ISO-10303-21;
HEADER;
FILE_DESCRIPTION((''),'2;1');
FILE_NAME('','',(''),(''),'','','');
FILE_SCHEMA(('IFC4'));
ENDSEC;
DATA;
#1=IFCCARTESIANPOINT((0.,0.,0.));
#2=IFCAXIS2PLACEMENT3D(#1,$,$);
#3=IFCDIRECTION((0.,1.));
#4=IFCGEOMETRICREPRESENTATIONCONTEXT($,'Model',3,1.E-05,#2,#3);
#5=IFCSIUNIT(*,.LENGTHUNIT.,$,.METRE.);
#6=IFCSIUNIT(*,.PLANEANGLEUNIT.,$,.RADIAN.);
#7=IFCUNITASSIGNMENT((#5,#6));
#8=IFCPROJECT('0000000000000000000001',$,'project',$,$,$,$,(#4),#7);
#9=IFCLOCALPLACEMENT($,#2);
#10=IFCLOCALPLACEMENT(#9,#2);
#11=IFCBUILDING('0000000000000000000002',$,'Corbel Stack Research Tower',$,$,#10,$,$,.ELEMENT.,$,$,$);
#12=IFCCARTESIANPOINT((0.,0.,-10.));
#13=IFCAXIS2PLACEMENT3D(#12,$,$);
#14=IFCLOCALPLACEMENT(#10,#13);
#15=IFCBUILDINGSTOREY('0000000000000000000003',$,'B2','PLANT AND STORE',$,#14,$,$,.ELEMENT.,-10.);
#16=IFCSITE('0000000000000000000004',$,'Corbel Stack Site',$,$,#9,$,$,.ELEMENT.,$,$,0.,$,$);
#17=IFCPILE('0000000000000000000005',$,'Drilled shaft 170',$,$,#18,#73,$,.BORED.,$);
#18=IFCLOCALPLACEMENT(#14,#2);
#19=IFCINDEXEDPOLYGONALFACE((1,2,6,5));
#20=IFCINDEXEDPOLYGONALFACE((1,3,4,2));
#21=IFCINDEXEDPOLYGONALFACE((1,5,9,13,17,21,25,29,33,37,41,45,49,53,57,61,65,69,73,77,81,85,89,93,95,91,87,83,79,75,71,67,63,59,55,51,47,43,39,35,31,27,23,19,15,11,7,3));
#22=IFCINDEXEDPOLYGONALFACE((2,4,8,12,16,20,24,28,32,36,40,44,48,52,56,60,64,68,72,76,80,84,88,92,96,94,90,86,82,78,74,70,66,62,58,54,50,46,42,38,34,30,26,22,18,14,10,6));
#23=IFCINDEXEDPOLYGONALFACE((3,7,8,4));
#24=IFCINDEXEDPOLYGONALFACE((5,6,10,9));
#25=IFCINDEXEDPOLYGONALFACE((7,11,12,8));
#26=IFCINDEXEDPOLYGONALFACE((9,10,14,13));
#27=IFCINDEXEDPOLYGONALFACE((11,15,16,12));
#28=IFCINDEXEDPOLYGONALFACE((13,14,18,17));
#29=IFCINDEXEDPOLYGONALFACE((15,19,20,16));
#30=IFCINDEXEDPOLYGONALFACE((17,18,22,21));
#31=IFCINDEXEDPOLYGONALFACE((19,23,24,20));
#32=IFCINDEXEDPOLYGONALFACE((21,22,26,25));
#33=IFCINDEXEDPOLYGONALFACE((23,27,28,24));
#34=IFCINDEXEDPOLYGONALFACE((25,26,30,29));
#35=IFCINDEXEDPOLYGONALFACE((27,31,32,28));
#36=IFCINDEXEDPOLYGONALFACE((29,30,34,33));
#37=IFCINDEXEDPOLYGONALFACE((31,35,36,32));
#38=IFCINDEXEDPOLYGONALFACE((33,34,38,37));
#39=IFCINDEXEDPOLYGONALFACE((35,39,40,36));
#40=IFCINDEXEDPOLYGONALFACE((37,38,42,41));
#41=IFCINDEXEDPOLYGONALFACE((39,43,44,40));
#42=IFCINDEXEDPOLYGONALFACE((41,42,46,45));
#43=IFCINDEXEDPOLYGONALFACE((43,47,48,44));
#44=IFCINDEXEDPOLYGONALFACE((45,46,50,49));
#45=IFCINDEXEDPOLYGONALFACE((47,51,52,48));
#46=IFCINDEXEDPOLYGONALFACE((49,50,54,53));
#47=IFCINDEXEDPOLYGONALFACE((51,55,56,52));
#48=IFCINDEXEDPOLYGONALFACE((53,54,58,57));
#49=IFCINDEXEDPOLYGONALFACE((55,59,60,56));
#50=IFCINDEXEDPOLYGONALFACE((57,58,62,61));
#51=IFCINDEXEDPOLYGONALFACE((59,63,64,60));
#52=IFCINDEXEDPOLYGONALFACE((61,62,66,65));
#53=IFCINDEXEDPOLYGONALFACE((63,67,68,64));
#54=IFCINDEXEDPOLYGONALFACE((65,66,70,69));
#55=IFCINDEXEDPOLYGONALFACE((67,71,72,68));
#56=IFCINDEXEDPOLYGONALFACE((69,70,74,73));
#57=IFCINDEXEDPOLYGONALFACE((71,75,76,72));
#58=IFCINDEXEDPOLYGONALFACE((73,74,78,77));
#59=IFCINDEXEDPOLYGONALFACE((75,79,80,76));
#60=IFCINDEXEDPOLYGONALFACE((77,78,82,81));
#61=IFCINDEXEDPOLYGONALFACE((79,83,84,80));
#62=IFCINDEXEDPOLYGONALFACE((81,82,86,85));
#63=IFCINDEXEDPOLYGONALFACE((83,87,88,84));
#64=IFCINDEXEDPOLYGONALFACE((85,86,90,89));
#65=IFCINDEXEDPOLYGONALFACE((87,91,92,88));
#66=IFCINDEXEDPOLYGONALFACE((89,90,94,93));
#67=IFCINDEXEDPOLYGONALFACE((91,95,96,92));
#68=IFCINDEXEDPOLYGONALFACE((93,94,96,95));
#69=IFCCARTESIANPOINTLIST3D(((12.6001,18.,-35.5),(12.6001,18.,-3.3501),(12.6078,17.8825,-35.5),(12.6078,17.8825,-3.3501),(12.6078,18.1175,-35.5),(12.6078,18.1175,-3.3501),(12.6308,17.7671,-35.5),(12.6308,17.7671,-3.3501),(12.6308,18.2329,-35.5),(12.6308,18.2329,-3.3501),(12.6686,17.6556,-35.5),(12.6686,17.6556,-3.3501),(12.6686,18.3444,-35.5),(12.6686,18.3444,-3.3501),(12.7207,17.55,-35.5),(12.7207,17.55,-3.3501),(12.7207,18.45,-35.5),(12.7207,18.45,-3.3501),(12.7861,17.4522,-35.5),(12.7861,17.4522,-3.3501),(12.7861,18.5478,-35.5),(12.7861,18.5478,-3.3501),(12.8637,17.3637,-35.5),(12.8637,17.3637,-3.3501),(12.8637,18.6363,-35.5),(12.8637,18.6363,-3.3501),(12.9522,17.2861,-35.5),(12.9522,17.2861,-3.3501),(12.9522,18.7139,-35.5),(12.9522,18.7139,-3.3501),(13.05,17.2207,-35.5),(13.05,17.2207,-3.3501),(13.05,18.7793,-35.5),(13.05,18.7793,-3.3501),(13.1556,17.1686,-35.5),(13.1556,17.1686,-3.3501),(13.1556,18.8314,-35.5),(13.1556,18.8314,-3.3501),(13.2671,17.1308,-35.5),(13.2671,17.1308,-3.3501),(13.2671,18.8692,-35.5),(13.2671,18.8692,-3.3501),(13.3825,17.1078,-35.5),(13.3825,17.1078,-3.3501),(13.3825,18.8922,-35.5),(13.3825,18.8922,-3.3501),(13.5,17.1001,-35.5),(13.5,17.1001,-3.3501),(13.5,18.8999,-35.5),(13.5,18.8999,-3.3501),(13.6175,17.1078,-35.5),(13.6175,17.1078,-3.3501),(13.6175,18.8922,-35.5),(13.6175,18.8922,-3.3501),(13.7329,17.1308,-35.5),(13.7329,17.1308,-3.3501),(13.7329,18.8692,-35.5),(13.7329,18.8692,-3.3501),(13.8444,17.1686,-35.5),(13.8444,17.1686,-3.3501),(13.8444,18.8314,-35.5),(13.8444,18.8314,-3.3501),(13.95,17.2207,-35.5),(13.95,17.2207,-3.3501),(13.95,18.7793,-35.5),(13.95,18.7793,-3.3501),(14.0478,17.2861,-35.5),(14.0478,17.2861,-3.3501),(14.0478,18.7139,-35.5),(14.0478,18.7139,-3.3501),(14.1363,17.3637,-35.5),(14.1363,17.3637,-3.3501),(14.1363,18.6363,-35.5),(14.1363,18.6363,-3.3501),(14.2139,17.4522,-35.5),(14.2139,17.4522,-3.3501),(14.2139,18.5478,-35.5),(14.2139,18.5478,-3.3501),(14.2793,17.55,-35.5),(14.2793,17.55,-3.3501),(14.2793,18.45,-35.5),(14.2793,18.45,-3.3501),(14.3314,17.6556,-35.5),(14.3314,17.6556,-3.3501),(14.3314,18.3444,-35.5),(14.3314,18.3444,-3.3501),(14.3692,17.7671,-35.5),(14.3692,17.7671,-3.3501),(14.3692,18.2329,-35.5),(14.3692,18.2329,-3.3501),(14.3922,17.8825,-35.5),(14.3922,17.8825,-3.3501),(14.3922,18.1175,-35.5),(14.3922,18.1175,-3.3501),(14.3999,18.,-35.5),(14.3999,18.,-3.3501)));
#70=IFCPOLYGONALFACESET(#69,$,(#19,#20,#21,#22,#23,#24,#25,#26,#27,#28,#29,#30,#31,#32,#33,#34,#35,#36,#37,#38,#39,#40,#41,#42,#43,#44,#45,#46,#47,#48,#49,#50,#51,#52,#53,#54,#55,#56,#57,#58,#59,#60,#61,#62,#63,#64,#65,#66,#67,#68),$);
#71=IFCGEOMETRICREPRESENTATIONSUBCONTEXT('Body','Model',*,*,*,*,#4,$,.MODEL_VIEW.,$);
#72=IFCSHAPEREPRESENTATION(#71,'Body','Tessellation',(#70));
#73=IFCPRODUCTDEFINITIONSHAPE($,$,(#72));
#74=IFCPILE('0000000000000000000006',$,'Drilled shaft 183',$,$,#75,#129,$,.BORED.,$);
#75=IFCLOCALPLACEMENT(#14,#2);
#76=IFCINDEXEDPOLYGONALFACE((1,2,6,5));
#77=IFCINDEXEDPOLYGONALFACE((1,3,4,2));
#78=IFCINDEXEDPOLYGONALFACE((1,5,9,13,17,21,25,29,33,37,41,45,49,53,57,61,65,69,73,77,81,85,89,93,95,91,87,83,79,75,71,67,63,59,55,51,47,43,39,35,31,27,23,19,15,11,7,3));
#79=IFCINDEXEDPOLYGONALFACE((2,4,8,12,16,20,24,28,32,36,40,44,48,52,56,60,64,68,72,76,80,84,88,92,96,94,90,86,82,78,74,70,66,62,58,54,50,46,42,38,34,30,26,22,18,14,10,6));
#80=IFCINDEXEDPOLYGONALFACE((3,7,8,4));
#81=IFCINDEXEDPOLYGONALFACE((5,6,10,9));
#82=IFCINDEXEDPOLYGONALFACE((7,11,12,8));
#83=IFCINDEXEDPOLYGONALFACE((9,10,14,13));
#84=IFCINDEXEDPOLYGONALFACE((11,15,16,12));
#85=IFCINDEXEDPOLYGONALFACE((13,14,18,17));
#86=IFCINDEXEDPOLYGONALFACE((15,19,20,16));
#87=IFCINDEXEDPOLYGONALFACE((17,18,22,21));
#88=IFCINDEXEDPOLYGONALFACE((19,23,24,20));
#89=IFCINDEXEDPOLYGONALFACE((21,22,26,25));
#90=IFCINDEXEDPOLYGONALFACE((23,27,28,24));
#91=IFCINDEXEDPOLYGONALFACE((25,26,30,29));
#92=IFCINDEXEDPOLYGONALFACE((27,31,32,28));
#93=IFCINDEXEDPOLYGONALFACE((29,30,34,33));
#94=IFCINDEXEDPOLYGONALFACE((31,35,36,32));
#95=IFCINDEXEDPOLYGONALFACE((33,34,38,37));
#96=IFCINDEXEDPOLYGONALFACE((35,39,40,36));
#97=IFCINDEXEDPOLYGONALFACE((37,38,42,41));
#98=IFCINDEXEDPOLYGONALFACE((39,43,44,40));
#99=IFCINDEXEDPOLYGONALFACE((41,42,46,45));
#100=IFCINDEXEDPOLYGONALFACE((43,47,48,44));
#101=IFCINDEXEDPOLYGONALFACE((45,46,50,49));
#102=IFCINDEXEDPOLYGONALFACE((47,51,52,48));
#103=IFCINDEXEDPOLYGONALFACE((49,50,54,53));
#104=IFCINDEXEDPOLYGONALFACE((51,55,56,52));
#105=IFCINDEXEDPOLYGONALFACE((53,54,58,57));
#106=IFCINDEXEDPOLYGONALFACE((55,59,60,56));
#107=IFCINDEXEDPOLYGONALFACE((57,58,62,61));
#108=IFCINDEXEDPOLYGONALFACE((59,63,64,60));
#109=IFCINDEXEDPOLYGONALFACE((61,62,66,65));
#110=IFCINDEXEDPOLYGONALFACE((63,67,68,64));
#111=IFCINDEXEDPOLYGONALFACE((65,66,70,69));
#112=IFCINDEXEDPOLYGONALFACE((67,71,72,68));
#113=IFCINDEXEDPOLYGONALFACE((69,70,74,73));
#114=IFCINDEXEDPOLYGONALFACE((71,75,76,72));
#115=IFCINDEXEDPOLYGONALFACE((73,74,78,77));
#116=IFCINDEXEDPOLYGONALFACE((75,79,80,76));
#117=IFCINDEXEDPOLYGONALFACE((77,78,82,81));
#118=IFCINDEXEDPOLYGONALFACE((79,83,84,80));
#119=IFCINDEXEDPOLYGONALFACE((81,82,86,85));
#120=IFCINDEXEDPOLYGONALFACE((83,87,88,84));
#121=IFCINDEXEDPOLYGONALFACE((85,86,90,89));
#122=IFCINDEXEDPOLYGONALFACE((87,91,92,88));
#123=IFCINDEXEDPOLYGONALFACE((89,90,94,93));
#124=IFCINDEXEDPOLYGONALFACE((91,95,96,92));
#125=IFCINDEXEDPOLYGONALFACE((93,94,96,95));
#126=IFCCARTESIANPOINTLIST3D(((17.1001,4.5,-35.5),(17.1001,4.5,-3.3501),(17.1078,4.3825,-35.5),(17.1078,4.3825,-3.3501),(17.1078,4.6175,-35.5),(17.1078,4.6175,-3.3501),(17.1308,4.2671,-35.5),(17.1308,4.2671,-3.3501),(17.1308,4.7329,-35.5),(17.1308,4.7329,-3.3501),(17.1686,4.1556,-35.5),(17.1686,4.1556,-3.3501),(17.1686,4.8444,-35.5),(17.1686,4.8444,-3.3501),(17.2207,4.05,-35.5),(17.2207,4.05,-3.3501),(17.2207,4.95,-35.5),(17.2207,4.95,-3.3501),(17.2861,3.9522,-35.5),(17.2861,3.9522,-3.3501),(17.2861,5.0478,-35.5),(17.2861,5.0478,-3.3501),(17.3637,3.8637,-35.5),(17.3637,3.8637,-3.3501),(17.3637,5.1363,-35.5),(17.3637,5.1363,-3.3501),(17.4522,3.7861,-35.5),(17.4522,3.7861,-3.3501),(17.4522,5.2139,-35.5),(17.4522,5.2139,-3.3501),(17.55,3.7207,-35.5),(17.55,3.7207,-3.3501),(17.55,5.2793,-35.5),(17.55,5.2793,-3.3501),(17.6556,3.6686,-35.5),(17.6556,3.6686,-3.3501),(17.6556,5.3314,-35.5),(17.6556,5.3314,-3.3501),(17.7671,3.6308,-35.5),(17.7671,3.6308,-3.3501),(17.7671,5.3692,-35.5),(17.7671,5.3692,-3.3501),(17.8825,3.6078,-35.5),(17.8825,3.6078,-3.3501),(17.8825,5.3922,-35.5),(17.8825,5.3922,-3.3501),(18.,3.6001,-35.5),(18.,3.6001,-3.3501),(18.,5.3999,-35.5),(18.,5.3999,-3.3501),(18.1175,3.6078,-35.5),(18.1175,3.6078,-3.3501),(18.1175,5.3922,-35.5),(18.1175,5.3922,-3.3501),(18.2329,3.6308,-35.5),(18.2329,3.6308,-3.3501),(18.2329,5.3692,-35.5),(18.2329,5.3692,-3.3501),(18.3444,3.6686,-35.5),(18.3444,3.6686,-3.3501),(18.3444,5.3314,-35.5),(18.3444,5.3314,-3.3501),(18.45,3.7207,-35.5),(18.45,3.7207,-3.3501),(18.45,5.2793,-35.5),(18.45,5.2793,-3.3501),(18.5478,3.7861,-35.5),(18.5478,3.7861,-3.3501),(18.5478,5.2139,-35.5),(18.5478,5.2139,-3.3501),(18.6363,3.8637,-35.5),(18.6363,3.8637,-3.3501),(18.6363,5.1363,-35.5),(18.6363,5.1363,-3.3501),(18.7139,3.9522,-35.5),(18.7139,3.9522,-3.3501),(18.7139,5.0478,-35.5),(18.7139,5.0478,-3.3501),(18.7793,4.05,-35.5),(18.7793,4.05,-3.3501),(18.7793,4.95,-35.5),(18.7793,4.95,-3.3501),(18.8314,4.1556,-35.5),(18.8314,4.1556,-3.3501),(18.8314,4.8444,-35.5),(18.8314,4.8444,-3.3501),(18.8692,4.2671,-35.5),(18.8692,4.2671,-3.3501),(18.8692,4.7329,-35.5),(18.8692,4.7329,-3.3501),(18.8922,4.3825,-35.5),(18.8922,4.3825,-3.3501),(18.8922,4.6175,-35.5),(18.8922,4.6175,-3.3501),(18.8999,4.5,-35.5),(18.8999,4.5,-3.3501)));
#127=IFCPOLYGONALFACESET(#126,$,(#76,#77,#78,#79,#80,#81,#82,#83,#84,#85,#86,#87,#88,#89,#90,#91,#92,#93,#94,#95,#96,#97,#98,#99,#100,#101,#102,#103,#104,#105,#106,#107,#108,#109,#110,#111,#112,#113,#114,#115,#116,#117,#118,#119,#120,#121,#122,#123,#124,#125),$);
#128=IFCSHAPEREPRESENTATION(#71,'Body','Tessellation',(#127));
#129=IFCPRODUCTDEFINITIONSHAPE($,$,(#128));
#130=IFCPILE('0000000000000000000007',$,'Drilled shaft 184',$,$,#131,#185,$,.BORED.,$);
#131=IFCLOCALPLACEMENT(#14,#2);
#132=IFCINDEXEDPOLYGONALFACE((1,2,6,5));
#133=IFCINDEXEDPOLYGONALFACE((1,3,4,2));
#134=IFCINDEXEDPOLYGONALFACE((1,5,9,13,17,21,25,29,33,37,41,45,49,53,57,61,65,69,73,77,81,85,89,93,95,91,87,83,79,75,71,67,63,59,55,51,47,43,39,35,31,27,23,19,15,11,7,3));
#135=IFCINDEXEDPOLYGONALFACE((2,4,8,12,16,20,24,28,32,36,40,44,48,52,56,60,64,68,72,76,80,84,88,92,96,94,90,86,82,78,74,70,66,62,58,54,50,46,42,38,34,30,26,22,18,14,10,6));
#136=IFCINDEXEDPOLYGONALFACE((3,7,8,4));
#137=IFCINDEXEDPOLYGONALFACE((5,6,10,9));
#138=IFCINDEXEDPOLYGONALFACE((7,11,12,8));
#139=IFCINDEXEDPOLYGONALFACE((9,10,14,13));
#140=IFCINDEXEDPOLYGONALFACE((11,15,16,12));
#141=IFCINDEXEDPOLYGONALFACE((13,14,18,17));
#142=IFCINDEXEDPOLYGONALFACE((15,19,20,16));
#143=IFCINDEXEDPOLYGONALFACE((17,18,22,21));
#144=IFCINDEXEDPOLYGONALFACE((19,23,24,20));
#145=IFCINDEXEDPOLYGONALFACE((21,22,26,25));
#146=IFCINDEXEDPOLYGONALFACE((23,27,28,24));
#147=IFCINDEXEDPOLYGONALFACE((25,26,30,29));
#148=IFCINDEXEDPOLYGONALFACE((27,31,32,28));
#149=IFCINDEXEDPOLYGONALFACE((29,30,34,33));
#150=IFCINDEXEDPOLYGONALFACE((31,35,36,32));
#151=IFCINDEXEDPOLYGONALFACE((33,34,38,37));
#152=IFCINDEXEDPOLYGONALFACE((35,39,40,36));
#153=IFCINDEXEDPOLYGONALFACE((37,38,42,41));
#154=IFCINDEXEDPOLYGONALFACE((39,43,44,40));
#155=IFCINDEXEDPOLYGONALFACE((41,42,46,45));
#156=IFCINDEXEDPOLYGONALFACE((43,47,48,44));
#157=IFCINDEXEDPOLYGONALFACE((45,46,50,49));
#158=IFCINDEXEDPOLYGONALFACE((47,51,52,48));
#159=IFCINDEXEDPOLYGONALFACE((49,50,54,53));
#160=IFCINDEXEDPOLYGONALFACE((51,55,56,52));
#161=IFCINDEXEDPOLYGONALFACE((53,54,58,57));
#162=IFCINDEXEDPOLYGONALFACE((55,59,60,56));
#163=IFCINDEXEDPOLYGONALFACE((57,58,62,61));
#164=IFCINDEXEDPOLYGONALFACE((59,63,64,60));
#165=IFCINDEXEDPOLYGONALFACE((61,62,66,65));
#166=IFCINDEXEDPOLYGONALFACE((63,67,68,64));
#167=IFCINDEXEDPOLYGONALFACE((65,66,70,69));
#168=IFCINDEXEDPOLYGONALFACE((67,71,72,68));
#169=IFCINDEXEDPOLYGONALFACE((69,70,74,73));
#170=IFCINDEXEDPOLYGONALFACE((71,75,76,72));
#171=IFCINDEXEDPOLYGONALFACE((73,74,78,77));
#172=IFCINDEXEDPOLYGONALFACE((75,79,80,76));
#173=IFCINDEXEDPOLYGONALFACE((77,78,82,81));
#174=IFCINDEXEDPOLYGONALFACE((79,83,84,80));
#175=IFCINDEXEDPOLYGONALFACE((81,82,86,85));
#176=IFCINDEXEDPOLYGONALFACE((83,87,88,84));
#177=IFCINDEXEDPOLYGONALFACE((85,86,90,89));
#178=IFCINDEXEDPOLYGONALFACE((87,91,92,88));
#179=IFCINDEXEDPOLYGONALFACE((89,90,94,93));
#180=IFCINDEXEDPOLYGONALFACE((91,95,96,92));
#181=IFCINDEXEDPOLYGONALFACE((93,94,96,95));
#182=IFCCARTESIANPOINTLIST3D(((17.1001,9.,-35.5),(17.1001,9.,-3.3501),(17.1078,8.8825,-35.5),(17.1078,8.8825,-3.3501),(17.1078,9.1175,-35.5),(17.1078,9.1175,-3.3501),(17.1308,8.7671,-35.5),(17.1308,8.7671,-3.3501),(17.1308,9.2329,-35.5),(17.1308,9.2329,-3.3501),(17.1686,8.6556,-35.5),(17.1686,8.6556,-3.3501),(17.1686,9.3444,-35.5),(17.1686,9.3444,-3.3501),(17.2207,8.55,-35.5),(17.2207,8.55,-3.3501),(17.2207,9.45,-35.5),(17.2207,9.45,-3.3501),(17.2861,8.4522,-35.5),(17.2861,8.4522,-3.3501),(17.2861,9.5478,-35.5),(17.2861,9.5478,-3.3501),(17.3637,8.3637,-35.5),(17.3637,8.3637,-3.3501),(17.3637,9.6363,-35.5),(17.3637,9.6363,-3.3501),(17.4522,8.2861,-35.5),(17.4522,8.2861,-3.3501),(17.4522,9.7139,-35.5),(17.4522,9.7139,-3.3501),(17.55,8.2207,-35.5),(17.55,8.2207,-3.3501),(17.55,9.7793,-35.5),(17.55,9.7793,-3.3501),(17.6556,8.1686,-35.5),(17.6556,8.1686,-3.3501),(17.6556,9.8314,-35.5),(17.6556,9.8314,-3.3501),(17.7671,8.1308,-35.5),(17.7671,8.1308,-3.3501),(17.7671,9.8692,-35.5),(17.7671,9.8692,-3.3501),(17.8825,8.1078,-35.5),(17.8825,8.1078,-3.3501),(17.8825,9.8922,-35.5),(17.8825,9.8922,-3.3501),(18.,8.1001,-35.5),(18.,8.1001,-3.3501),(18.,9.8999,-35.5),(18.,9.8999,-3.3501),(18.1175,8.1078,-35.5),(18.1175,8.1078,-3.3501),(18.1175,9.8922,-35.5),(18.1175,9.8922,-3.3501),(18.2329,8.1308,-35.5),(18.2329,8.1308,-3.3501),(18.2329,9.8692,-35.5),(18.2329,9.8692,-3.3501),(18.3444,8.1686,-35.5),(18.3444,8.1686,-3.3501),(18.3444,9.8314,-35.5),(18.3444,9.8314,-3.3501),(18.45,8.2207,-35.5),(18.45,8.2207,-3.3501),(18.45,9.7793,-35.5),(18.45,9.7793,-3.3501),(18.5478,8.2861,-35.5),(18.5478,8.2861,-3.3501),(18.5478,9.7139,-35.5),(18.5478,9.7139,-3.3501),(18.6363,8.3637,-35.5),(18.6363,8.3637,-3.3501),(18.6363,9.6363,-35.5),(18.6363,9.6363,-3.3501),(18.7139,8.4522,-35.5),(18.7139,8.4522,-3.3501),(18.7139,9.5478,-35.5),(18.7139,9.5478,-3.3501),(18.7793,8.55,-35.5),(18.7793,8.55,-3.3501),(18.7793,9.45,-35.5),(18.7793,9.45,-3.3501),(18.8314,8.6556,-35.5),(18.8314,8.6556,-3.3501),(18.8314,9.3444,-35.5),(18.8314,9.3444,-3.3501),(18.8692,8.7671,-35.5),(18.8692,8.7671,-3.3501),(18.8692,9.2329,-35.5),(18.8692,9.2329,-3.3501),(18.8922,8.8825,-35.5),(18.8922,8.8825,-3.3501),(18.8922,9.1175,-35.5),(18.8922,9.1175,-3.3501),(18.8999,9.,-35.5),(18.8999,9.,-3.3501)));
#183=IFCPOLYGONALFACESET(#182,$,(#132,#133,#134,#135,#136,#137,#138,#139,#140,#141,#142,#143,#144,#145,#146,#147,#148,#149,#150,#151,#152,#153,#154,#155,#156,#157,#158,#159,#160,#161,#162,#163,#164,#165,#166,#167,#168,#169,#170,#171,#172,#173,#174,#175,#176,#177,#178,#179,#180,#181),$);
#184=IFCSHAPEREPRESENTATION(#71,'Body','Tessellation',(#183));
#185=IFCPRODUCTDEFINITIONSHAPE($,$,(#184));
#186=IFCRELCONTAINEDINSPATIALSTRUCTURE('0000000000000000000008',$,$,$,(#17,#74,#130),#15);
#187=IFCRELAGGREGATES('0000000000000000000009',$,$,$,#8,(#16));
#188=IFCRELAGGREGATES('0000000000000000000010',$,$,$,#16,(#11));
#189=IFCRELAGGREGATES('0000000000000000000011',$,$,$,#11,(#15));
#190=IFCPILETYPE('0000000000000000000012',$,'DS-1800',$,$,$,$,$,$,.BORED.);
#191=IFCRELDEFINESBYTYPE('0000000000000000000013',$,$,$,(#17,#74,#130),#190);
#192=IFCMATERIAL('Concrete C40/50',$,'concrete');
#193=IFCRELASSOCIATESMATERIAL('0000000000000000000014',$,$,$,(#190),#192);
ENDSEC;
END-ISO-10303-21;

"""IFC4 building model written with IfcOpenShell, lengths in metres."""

from ifc_helpers import new_model, si_unit, direction, frame, origin, origin_2d, place, context, subcontext, project, spatial, circle, extrude, material, material_profile, profile_set, type_object, element, save


model = new_model("IFC4")

# Units and contexts
model_context = context("Model", 3, precision=1e-05, world=origin(), true_north=direction((0.0, 1.0)))
body_context = subcontext(model_context, "Body", "Model", "MODEL_VIEW")
ifc_project = project(units=[si_unit("LENGTHUNIT", "METRE"), si_unit("PLANEANGLEUNIT", "RADIAN")], contexts=[model_context])

# Site, building, storey
site_placement = place(None, origin())
site = spatial("IfcSite", under=ifc_project, at=site_placement, Name="Corbel Stack Site", CompositionType="ELEMENT", RefElevation=0.0)
building_placement = place(site_placement, origin())
building = spatial("IfcBuilding", under=site, at=building_placement, Name="Corbel Stack Research Tower", CompositionType="ELEMENT")
storey_placement = place(building_placement, frame((0.0, 0.0, -10.0)))
storey = spatial("IfcBuildingStorey", under=building, at=storey_placement, Name="B2", Description="PLANT AND STORE", CompositionType="ELEMENT", Elevation=-10.0)

# Piles
ifc_material_1 = material(Name="Concrete C40/50", Category="concrete")
ifc_material_profile = material_profile(ifc_material_1, circle(Radius=0.8999, at=origin_2d()), Name="Shaft 1800")
ifc_profile_set = profile_set([ifc_material_profile], Name="Concrete C40/50")
pile_type = type_object("IfcPileType", Name="DS-1800", PredefinedType="BORED", material=ifc_profile_set)
for number, where, z_axis, x_axis, name in (
    (1, (13.5, 18.0, -3.3501), (0.0, 0.0, -1.0), (1.0, 0.0, 0.0), "Drilled shaft 170"),
    (2, (18.0, 4.5, -3.3501), (0.0, 0.0, -1.0), (1.0, 0.0, 0.0), "Drilled shaft 183"),
    (3, (18.0, 9.0, -3.3501), (0.0, 0.0, -1.0), (1.0, 0.0, 0.0), "Drilled shaft 184"),
):
    element("IfcPile", number, at=place(storey_placement, frame(where, z_axis=z_axis, x_axis=x_axis)), inside=storey, type_object=pile_type, Name=name, PredefinedType="BORED", context=body_context, shape_type="SweptSolid", body=[
        extrude(circle(Radius=0.8999, at=origin_2d()), origin(), (0.0, 0.0, 1.0), 32.1499),
    ])

save(model, "model.ifc")
